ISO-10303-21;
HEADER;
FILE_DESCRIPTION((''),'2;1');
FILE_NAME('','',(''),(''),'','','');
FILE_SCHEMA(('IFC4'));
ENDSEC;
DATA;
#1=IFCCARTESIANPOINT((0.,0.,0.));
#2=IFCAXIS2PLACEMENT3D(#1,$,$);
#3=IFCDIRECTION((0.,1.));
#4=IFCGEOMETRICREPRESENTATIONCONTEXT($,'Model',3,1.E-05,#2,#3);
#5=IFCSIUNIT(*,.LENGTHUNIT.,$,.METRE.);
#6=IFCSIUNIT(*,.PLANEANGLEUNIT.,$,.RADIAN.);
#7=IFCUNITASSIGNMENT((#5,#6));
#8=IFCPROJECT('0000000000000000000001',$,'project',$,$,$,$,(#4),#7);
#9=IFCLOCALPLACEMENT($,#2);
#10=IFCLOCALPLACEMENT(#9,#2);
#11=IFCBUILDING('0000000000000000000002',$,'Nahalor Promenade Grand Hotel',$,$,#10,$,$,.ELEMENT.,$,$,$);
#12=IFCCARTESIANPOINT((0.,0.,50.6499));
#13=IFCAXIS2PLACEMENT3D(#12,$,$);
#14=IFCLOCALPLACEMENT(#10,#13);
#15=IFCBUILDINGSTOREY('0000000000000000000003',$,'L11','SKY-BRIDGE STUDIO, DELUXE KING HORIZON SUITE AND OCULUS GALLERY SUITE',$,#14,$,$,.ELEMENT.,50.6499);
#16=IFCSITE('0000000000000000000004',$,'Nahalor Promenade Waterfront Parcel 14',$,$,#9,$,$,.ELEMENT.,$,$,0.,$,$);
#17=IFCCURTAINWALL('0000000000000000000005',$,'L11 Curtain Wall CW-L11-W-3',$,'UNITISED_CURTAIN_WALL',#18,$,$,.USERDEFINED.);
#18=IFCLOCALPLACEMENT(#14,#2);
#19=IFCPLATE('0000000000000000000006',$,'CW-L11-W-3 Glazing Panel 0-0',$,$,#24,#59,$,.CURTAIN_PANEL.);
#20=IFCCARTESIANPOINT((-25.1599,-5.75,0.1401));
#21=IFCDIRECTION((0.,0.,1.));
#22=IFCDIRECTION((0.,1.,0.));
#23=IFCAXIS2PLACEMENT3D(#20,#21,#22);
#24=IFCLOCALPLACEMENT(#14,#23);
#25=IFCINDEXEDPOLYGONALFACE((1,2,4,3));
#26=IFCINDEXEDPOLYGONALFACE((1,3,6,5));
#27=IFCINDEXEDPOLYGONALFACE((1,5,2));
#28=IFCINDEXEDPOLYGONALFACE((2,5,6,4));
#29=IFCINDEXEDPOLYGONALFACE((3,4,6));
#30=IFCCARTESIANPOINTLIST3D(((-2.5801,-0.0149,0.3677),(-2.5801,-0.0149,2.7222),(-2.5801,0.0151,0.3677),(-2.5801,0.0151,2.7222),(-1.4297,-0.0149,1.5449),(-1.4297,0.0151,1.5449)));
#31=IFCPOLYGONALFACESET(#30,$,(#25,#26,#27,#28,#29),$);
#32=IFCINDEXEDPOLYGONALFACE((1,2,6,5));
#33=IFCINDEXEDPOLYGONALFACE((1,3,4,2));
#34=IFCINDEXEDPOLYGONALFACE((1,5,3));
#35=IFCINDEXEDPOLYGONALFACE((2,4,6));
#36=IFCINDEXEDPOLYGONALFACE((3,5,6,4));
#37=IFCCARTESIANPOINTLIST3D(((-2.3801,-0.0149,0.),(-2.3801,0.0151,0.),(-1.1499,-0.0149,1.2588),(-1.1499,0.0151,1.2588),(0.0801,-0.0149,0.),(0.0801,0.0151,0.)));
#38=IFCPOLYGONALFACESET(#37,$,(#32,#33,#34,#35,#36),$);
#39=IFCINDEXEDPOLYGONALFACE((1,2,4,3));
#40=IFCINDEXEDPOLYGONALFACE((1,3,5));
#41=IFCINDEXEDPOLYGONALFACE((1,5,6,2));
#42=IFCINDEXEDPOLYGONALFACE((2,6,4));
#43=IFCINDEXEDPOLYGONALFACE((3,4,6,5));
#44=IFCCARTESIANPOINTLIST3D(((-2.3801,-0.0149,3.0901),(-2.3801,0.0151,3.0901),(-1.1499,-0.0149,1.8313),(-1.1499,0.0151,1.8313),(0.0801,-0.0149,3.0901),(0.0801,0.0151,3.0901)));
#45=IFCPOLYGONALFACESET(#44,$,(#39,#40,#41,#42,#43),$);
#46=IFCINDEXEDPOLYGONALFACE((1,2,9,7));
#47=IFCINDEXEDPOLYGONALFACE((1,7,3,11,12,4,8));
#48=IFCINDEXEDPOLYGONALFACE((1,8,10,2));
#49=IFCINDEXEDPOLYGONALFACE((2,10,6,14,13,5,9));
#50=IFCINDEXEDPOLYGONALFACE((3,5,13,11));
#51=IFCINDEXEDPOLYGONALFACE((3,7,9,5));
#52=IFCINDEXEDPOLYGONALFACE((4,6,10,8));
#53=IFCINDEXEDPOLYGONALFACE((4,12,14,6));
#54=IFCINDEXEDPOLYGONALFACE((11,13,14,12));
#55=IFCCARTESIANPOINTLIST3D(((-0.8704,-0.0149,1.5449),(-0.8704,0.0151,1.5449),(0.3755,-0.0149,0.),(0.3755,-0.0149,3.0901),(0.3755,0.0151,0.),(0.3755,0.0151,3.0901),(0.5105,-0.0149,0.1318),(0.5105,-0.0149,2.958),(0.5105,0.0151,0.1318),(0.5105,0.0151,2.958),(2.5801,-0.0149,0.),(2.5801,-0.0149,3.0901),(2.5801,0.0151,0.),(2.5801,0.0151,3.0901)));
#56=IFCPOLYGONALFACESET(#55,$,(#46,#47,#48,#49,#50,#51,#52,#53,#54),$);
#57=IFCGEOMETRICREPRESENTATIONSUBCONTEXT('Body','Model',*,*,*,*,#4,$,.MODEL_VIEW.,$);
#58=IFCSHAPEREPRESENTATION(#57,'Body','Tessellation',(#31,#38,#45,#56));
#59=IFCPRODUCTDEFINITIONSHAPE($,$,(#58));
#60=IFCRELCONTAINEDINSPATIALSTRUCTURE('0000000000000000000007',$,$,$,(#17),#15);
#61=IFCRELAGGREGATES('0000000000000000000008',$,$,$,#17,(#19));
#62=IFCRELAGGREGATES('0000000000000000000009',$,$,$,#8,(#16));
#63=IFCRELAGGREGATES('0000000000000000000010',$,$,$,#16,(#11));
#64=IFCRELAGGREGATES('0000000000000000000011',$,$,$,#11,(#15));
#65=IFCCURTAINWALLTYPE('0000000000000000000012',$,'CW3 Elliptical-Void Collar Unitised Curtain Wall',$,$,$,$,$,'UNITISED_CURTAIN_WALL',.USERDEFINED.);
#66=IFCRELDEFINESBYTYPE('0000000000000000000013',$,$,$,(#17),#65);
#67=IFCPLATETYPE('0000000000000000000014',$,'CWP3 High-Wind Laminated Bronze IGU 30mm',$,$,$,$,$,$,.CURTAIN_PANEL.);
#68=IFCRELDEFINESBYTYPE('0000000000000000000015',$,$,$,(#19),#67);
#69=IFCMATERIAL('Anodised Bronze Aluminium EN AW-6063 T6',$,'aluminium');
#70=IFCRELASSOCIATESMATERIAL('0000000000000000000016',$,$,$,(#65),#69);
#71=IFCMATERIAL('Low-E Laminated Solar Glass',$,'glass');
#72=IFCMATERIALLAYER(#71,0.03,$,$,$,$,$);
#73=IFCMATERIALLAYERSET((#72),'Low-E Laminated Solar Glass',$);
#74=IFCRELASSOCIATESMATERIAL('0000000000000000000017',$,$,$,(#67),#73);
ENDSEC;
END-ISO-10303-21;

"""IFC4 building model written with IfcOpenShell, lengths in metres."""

from ifc_helpers import new_model, si_unit, direction, frame, origin, place, context, subcontext, project, spatial, polyline, outline, extrude, material, layer, layer_set, type_object, element, aggregate, save


model = new_model("IFC4")

# Units and contexts
model_context = context("Model", 3, precision=1e-05, world=origin(), true_north=direction((0.0, 1.0)))
body_context = subcontext(model_context, "Body", "Model", "MODEL_VIEW")
ifc_project = project(units=[si_unit("LENGTHUNIT", "METRE"), si_unit("PLANEANGLEUNIT", "RADIAN")], contexts=[model_context])

# Site, building, storey
site_placement = place(None, origin())
site = spatial("IfcSite", under=ifc_project, at=site_placement, Name="Nahalor Promenade Waterfront Parcel 14", CompositionType="ELEMENT", RefElevation=0.0)
building_placement = place(site_placement, origin())
building = spatial("IfcBuilding", under=site, at=building_placement, Name="Nahalor Promenade Grand Hotel", CompositionType="ELEMENT")
storey_placement = place(building_placement, frame((0.0, 0.0, 50.6499)))
storey = spatial("IfcBuildingStorey", under=building, at=storey_placement, Name="L11", Description="SKY-BRIDGE STUDIO, DELUXE KING HORIZON SUITE AND OCULUS GALLERY SUITE", CompositionType="ELEMENT", Elevation=50.6499)

# Shared definitions
ifc_material_1 = material(Name="Anodised Bronze Aluminium EN AW-6063 T6", Category="aluminium")
curtain_wall_type = type_object("IfcCurtainWallType", Name="CW3 Elliptical-Void Collar Unitised Curtain Wall", ElementType="UNITISED_CURTAIN_WALL", PredefinedType="USERDEFINED", material=ifc_material_1)

# Curtain wall
curtain_wall_1_placement = place(storey_placement, origin())
curtain_wall_1 = element("IfcCurtainWall", 1, at=curtain_wall_1_placement, inside=storey, type_object=curtain_wall_type, Name="L11 Curtain Wall CW-L11-W-3", ObjectType="UNITISED_CURTAIN_WALL", PredefinedType="USERDEFINED")

# Plate
ifc_material_2 = material(Name="Low-E Laminated Solar Glass", Category="glass")
ifc_layer_1 = layer(ifc_material_2, 0.03)
ifc_layer_set_1 = layer_set([ifc_layer_1], Name="Low-E Laminated Solar Glass")
plate_type_1 = type_object("IfcPlateType", Name="CWP3 High-Wind Laminated Bronze IGU 30mm", PredefinedType="CURTAIN_PANEL", material=ifc_layer_set_1)
plate_1_placement = place(storey_placement, frame((-25.1599, -5.75, 0.1401), z_axis=(0.0, 0.0, 1.0), x_axis=(0.0, 1.0, 0.0)))
plate_1 = element("IfcPlate", 2, at=plate_1_placement, type_object=plate_type_1, Name="CW-L11-W-3 Glazing Panel 0-0", PredefinedType="CURTAIN_PANEL", context=body_context, shape_type="SweptSolid", body=[
    extrude(outline(polyline([(-1.4297, 1.5449), (-2.5801, 2.7222), (-2.5801, 0.3677), (-1.4297, 1.5449)])), frame((0.0, 0.0151, 0.0), z_axis=(0.0, -1.0, 0.0), x_axis=(1.0, 0.0, 0.0)), (0.0, 0.0, 1.0), 0.03),
    extrude(outline(polyline([(-1.1499, 1.2588), (-2.3801, 0.0), (0.0801, 0.0), (-1.1499, 1.2588)])), frame((0.0, 0.0151, 0.0), z_axis=(0.0, -1.0, 0.0), x_axis=(1.0, 0.0, 0.0)), (0.0, 0.0, 1.0), 0.03),
    extrude(outline(polyline([(-1.1499, 1.8313), (0.0801, 3.0901), (-2.3801, 3.0901), (-1.1499, 1.8313)])), frame((0.0, 0.0151, 0.0), z_axis=(0.0, -1.0, 0.0), x_axis=(1.0, 0.0, 0.0)), (0.0, 0.0, 1.0), 0.03),
    extrude(outline(polyline([(2.5801, 0.0), (2.5801, 3.0901), (0.3755, 3.0901), (0.5105, 2.958), (-0.8704, 1.5449), (0.5105, 0.1318), (0.3755, 0.0), (2.5801, 0.0)])), frame((0.0, 0.0151, 0.0), z_axis=(0.0, -1.0, 0.0), x_axis=(1.0, 0.0, 0.0)), (0.0, 0.0, 1.0), 0.03),
])
aggregate(curtain_wall_1, [plate_1])

save(model, "model.ifc")
